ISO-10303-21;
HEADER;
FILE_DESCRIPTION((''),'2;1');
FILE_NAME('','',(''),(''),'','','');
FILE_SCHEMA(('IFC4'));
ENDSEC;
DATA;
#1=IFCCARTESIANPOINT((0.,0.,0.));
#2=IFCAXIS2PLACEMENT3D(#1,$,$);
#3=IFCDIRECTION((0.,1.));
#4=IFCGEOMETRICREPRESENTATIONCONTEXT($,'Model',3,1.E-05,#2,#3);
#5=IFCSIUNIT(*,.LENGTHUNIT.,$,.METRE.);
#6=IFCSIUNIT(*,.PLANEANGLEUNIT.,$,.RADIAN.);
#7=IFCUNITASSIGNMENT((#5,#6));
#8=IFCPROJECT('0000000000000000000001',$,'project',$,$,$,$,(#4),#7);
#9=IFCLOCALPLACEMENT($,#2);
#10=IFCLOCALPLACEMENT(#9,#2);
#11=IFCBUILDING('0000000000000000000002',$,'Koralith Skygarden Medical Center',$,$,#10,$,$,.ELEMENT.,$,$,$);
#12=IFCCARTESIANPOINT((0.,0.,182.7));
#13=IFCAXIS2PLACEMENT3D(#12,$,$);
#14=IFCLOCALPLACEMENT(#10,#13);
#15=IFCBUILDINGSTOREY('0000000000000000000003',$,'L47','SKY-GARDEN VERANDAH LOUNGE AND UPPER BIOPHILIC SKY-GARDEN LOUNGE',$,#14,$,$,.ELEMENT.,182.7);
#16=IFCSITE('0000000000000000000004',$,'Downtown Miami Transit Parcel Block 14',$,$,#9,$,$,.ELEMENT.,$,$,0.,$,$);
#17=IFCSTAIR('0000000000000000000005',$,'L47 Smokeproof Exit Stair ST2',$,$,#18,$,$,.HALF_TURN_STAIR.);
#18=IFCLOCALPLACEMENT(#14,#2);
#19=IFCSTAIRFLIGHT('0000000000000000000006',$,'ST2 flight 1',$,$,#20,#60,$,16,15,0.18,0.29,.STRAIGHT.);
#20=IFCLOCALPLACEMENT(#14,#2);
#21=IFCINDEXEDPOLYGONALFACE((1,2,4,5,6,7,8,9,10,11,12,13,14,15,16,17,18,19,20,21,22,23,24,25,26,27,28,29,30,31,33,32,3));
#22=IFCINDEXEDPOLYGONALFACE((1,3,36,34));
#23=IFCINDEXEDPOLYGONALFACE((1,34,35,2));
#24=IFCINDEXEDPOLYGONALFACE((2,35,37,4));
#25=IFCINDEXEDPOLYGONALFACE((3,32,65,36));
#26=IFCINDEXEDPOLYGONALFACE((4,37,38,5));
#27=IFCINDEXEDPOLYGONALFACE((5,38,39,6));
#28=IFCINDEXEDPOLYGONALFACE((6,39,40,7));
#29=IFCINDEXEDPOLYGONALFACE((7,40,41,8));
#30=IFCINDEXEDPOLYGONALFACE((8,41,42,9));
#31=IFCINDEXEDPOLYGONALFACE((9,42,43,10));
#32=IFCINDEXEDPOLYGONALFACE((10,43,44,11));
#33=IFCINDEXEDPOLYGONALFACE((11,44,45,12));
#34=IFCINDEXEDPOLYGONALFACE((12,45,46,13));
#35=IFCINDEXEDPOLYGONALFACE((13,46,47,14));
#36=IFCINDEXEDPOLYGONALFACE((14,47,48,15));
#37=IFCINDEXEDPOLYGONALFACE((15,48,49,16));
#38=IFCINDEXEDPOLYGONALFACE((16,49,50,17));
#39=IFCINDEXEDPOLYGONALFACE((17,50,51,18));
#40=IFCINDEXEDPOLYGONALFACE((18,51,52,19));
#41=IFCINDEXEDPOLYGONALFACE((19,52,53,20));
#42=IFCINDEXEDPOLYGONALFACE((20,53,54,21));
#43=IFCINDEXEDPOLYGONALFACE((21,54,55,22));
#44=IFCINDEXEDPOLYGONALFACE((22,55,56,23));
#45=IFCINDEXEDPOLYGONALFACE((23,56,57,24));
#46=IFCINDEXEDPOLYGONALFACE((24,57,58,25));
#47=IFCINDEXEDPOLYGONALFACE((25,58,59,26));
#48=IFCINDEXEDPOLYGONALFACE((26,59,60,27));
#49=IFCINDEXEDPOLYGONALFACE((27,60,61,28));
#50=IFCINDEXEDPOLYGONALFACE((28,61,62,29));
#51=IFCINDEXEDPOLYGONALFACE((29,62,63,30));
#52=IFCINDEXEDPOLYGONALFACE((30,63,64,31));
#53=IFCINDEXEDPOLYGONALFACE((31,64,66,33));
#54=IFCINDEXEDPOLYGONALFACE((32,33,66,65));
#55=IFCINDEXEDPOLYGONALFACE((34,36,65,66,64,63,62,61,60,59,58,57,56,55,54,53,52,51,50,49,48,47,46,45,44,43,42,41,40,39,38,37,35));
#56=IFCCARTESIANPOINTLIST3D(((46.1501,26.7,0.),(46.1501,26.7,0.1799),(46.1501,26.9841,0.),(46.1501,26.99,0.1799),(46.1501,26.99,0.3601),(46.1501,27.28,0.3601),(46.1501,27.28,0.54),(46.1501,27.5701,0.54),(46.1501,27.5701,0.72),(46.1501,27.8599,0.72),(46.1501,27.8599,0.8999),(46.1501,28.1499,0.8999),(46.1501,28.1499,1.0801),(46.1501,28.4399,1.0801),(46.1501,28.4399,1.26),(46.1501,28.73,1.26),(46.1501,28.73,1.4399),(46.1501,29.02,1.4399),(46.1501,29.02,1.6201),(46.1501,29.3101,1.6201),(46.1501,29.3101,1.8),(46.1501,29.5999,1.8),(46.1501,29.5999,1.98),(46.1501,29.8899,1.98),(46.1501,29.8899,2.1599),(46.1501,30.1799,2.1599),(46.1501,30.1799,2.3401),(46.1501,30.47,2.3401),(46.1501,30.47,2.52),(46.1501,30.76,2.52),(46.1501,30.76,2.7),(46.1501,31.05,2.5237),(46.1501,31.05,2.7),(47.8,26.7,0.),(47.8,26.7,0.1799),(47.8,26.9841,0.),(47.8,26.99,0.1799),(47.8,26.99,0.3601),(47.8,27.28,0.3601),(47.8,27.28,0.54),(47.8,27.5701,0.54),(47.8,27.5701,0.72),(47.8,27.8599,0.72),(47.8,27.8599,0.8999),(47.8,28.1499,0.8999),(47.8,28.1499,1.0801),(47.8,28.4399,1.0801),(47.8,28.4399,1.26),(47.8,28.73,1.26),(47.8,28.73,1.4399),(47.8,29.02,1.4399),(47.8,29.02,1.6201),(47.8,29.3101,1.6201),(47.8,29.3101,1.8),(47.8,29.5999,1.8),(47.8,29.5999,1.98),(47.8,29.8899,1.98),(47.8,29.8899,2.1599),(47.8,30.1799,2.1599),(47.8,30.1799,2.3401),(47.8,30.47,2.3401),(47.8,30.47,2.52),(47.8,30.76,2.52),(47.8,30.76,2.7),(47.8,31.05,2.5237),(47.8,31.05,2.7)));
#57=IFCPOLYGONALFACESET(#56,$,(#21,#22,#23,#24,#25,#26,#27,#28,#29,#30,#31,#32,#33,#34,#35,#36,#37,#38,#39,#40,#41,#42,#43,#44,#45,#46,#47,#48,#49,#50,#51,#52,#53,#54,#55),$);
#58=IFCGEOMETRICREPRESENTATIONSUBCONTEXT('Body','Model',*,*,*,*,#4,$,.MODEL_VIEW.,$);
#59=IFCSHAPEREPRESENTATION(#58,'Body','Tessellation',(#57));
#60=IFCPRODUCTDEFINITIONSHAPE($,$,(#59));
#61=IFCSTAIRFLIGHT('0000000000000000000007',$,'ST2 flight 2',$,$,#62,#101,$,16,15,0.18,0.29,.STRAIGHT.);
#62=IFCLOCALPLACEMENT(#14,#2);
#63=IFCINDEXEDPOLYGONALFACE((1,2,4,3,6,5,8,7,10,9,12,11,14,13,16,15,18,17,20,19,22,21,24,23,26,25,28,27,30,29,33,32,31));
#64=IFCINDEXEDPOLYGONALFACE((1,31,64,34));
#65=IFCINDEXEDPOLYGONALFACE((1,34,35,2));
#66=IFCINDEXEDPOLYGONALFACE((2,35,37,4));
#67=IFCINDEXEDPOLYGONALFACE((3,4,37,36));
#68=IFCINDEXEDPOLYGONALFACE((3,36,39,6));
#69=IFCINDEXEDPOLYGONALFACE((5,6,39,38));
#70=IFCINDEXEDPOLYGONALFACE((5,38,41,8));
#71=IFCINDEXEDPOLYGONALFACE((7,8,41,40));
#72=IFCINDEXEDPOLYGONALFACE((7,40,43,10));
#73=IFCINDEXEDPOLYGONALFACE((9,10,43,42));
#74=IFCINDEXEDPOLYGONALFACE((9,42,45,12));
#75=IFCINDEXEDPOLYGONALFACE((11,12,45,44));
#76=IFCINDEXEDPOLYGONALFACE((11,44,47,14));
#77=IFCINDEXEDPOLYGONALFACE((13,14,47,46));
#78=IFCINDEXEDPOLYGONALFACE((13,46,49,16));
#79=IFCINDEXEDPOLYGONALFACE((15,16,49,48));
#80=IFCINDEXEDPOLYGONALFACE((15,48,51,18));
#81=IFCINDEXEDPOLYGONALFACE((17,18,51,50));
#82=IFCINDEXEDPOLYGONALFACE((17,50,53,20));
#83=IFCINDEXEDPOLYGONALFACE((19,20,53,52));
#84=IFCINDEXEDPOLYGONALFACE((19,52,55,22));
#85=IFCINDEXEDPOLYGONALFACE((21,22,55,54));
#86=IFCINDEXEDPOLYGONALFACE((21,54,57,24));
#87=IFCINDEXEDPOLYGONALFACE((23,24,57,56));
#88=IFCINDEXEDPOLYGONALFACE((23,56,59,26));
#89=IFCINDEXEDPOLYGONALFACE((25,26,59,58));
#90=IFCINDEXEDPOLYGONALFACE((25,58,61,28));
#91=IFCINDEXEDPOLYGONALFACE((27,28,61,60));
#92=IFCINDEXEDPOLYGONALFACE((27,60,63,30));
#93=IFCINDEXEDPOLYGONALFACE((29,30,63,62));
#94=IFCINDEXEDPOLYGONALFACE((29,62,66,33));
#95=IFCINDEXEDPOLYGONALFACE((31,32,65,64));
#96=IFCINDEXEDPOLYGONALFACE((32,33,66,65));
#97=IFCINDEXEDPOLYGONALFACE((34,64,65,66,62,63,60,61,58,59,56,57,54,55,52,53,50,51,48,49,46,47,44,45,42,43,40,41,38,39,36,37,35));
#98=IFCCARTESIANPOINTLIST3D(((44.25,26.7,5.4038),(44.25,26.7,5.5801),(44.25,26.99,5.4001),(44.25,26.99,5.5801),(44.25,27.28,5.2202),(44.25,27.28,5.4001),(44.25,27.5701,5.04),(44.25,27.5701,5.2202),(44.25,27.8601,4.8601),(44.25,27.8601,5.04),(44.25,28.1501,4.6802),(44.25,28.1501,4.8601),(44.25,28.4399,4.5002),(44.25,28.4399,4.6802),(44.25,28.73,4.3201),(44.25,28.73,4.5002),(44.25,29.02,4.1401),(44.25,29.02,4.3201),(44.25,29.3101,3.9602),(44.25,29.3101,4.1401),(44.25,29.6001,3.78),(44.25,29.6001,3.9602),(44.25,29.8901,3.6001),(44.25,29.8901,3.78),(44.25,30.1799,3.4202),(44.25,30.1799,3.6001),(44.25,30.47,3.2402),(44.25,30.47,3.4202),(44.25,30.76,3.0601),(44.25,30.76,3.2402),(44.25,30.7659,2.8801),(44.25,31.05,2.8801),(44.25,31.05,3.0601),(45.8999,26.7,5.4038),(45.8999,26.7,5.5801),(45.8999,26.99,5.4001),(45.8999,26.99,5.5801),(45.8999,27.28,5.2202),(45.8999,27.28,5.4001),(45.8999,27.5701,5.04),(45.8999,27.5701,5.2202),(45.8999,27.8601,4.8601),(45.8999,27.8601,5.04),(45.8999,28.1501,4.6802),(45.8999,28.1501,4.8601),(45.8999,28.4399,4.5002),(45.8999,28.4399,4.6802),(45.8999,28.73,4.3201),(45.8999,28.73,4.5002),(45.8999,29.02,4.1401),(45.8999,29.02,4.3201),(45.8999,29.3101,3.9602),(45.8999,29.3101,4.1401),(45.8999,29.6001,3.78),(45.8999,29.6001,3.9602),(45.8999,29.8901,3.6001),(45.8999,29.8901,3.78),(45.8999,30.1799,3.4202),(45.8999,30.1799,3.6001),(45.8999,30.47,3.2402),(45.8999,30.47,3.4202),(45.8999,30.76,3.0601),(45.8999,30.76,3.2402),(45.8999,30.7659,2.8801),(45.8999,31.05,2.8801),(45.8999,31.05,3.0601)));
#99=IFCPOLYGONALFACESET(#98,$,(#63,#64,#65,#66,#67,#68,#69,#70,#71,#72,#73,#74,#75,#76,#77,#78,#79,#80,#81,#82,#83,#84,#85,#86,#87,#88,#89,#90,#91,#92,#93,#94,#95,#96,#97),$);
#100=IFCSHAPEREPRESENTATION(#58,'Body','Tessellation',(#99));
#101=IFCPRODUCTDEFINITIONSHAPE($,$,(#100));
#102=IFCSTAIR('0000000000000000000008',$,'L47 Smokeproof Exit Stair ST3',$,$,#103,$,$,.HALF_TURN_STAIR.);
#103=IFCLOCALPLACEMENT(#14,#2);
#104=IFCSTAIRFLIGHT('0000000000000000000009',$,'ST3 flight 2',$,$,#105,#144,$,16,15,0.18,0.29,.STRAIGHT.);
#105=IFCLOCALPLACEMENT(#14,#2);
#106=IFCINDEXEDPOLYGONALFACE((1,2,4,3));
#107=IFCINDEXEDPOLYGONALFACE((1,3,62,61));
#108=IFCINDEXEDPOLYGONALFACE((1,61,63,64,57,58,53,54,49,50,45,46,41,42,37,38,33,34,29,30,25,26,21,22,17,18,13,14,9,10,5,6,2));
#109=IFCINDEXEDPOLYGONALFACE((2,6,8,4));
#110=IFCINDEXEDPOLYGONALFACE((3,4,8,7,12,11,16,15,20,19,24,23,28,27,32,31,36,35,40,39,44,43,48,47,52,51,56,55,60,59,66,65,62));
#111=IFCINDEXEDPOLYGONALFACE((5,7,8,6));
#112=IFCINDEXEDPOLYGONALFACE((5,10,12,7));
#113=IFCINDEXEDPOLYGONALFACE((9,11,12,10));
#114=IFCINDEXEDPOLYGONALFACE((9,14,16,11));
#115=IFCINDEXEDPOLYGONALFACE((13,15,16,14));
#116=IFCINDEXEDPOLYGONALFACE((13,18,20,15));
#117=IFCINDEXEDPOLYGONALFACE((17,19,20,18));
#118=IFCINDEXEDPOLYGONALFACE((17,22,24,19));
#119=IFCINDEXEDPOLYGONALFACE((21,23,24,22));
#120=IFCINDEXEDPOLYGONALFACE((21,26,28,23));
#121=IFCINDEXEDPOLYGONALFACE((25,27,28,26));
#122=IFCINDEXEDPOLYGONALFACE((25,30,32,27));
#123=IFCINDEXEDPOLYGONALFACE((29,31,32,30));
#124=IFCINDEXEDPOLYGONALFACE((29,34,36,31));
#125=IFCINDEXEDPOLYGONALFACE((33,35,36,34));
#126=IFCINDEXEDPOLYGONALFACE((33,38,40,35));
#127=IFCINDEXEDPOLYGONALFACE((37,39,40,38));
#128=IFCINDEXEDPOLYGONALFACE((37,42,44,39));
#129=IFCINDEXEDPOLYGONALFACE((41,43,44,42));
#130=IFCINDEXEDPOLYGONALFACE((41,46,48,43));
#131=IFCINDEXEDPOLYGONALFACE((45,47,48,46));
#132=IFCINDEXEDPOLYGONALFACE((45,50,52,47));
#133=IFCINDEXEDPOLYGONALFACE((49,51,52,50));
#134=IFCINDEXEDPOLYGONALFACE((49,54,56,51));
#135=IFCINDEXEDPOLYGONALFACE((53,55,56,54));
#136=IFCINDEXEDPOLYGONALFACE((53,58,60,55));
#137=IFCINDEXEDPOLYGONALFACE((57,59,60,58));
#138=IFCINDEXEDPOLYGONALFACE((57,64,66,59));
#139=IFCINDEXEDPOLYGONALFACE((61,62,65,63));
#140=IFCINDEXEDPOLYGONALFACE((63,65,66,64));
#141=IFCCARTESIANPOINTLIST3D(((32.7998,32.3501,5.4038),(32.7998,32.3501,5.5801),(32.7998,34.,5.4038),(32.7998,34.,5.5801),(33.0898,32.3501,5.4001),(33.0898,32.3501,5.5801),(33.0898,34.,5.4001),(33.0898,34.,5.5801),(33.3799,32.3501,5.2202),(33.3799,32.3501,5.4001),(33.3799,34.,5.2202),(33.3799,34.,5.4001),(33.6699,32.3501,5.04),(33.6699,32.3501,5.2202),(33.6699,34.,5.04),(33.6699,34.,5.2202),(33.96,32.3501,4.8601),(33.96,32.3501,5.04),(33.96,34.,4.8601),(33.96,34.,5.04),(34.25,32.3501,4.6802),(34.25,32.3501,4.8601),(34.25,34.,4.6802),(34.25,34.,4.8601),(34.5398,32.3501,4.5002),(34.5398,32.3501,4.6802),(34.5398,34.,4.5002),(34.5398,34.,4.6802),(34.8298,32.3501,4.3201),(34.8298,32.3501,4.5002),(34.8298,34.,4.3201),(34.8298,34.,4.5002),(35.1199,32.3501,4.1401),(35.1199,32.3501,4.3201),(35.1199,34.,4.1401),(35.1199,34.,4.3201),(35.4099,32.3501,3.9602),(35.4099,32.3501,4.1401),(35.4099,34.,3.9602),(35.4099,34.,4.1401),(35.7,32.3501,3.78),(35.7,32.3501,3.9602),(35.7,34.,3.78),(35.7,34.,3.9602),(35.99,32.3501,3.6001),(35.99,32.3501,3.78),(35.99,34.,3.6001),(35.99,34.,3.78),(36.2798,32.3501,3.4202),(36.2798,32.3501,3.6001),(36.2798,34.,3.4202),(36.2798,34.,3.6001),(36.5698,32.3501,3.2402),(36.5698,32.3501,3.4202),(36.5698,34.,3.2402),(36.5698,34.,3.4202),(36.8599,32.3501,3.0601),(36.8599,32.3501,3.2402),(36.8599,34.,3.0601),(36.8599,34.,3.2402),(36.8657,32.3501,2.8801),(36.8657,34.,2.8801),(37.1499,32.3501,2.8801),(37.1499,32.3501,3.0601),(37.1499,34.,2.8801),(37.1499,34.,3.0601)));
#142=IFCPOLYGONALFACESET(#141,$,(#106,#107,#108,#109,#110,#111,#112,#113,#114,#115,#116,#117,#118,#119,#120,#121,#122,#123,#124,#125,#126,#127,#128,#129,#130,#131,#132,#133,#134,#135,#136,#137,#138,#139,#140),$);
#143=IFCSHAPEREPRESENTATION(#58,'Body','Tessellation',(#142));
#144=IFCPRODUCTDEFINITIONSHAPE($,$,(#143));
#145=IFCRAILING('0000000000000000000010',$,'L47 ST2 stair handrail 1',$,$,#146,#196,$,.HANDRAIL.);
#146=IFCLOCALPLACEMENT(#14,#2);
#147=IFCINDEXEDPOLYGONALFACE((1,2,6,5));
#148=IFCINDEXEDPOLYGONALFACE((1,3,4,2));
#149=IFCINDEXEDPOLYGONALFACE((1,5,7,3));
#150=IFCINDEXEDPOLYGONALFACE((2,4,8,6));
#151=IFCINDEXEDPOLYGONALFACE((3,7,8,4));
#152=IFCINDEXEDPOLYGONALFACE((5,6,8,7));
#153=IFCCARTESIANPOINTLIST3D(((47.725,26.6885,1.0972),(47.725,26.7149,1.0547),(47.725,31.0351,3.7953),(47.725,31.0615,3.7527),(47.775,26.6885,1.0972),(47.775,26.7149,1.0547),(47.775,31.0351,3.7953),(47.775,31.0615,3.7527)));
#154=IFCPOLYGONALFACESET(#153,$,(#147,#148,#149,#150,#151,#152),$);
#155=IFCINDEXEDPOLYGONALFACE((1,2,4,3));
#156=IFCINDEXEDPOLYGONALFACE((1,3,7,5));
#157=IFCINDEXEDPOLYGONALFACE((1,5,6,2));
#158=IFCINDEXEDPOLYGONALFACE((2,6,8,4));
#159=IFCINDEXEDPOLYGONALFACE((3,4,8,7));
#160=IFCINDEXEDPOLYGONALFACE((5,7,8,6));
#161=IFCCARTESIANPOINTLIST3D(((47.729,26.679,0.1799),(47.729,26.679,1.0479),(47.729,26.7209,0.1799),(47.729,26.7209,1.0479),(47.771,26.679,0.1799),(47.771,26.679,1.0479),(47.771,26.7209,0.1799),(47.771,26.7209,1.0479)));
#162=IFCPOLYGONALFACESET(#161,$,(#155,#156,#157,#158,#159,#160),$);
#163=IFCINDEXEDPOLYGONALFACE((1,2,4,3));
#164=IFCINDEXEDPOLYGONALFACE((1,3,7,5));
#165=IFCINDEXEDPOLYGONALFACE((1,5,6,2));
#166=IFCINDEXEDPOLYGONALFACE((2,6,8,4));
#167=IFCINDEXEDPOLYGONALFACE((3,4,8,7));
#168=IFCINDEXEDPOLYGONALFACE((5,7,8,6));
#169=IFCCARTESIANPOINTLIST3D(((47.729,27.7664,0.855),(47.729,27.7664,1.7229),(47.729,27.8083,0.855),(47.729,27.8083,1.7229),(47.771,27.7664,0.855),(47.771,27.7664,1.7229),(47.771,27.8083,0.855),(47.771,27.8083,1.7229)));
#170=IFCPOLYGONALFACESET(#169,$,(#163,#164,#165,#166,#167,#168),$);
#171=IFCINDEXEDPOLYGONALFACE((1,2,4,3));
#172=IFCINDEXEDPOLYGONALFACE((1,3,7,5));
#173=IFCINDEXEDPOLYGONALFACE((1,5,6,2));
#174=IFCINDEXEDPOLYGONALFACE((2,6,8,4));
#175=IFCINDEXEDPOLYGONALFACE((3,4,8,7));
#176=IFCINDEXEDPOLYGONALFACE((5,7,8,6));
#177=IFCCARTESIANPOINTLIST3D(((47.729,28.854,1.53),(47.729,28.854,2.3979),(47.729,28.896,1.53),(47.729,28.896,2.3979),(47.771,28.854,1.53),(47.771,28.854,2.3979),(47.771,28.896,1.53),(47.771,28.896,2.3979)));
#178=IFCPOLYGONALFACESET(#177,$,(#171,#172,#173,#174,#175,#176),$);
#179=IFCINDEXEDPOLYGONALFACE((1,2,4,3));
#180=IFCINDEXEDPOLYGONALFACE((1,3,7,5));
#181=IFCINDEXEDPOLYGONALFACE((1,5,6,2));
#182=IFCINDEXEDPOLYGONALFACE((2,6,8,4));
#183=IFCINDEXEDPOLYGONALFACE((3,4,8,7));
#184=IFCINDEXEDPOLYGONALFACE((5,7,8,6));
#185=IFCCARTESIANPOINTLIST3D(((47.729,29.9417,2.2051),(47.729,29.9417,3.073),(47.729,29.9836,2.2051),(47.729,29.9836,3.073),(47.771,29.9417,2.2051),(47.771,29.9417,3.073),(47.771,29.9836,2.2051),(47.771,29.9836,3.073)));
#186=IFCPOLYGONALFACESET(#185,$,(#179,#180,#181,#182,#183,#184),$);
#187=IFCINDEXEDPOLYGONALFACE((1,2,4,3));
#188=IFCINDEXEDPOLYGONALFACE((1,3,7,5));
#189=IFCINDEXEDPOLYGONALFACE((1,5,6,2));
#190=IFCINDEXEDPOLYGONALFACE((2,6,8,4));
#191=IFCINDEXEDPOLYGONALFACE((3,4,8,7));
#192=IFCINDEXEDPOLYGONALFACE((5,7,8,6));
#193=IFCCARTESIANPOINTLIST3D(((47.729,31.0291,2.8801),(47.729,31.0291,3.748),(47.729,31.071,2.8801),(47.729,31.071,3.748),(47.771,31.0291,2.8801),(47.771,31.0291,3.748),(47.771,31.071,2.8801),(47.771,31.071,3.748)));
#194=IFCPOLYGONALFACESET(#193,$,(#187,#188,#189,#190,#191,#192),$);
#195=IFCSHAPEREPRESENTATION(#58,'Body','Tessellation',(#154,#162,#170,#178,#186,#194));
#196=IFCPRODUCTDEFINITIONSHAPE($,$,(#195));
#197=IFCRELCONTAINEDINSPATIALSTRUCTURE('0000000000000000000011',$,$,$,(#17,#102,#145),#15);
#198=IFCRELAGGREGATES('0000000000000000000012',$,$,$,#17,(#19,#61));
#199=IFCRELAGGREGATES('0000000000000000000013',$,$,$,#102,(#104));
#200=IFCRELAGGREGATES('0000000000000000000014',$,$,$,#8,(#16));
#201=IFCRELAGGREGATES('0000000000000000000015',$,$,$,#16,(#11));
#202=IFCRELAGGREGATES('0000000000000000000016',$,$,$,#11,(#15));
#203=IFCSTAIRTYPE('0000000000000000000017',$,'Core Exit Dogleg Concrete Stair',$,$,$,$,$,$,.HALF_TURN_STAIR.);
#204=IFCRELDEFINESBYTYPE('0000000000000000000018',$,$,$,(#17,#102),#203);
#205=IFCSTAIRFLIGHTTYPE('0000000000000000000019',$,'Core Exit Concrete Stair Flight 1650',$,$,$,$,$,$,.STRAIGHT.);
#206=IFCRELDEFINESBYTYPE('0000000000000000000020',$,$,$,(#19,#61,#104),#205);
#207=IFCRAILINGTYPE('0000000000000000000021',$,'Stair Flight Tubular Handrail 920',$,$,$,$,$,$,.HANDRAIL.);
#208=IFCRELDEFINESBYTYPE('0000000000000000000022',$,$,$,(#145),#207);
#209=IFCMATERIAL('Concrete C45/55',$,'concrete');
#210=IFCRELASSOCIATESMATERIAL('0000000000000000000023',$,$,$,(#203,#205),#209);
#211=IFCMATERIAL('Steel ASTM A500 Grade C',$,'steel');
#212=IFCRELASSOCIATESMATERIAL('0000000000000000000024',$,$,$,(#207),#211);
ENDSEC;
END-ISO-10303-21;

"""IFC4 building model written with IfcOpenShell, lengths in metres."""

from ifc_helpers import new_model, si_unit, direction, frame, origin, origin_2d, place, context, subcontext, project, spatial, polyline, rectangle, outline, extrude, material, type_object, element, aggregate, save


model = new_model("IFC4")

# Units and contexts
model_context = context("Model", 3, precision=1e-05, world=origin(), true_north=direction((0.0, 1.0)))
body_context = subcontext(model_context, "Body", "Model", "MODEL_VIEW")
ifc_project = project(units=[si_unit("LENGTHUNIT", "METRE"), si_unit("PLANEANGLEUNIT", "RADIAN")], contexts=[model_context])

# Site, building, storey
site_placement = place(None, origin())
site = spatial("IfcSite", under=ifc_project, at=site_placement, Name="Downtown Miami Transit Parcel Block 14", CompositionType="ELEMENT", RefElevation=0.0)
building_placement = place(site_placement, origin())
building = spatial("IfcBuilding", under=site, at=building_placement, Name="Koralith Skygarden Medical Center", CompositionType="ELEMENT")
storey_placement = place(building_placement, frame((0.0, 0.0, 182.7)))
storey = spatial("IfcBuildingStorey", under=building, at=storey_placement, Name="L47", Description="SKY-GARDEN VERANDAH LOUNGE AND UPPER BIOPHILIC SKY-GARDEN LOUNGE", CompositionType="ELEMENT", Elevation=182.7)

# Shared definitions
ifc_material_1 = material(Name="Concrete C45/55", Category="concrete")

# Stair, stair flights
stair_type = type_object("IfcStairType", Name="Core Exit Dogleg Concrete Stair", PredefinedType="HALF_TURN_STAIR", material=ifc_material_1)
stair_1_placement = place(storey_placement, origin())
stair_1 = element("IfcStair", 1, at=stair_1_placement, inside=storey, type_object=stair_type, Name="L47 Smokeproof Exit Stair ST2", PredefinedType="HALF_TURN_STAIR")
stair_flight_type = type_object("IfcStairFlightType", Name="Core Exit Concrete Stair Flight 1650", PredefinedType="STRAIGHT", material=ifc_material_1)
stair_flight_1_placement = place(storey_placement, frame((46.9751, 26.7, 0.0), z_axis=(0.0, 0.0, 1.0), x_axis=(0.0, 1.0, 0.0)))
stair_flight_1 = element("IfcStairFlight", 2, at=stair_flight_1_placement, type_object=stair_flight_type, Name="ST2 flight 1", NumberOfRisers=16, NumberOfTreads=15, PredefinedType="STRAIGHT", RiserHeight=0.18, TreadLength=0.29, context=body_context, shape_type="SweptSolid", body=[
    extrude(outline(polyline([(0.0, 0.0), (0.0, 0.1799), (0.29, 0.1799), (0.29, 0.3601), (0.5801, 0.3601), (0.5801, 0.54), (0.8701, 0.54), (0.8701, 0.72), (1.1599, 0.72), (1.1599, 0.8999), (1.45, 0.8999), (1.45, 1.0801), (1.74, 1.0801), (1.74, 1.26), (2.03, 1.26), (2.03, 1.4399), (2.3201, 1.4399), (2.3201, 1.6201), (2.6101, 1.6201), (2.6101, 1.8), (2.8999, 1.8), (2.8999, 1.98), (3.1899, 1.98), (3.1899, 2.1599), (3.48, 2.1599), (3.48, 2.3401), (3.77, 2.3401), (3.77, 2.52), (4.0601, 2.52), (4.0601, 2.7), (4.3501, 2.7), (4.3501, 2.8799), (4.3501, 2.5237), (0.2842, 0.0), (0.0, 0.0)])), frame((0.0, 0.825, 0.0), z_axis=(0.0, -1.0, 0.0), x_axis=(1.0, 0.0, 0.0)), (0.0, 0.0, 1.0), 1.6499),
])
stair_flight_2_placement = place(storey_placement, frame((45.075, 31.05, 2.8801), z_axis=(0.0, 0.0, 1.0), x_axis=(0.0, -1.0, 0.0)))
stair_flight_2 = element("IfcStairFlight", 3, at=stair_flight_2_placement, type_object=stair_flight_type, Name="ST2 flight 2", NumberOfRisers=16, NumberOfTreads=15, PredefinedType="STRAIGHT", RiserHeight=0.18, TreadLength=0.29, context=body_context, shape_type="SweptSolid", body=[
    extrude(outline(polyline([(0.0, 0.0), (0.0, 0.1799), (0.29, 0.1799), (0.29, 0.3601), (0.5801, 0.3601), (0.5801, 0.54), (0.8701, 0.54), (0.8701, 0.72), (1.1599, 0.72), (1.1599, 0.8999), (1.45, 0.8999), (1.45, 1.0801), (1.74, 1.0801), (1.74, 1.26), (2.03, 1.26), (2.03, 1.4399), (2.3201, 1.4399), (2.3201, 1.6201), (2.6101, 1.6201), (2.6101, 1.8), (2.8999, 1.8), (2.8999, 1.98), (3.1899, 1.98), (3.1899, 2.1599), (3.48, 2.1599), (3.48, 2.3401), (3.77, 2.3401), (3.77, 2.52), (4.0601, 2.52), (4.0601, 2.7), (4.3501, 2.7), (4.3501, 2.8799), (4.3501, 2.5237), (0.2842, 0.0), (0.0, 0.0)])), frame((0.0, 0.825, 0.0), z_axis=(0.0, -1.0, 0.0), x_axis=(1.0, 0.0, 0.0)), (0.0, 0.0, 1.0), 1.6499),
])
aggregate(stair_1, [stair_flight_1, stair_flight_2])

# Stair, stair flight
stair_2_placement = place(storey_placement, origin())
stair_2 = element("IfcStair", 4, at=stair_2_placement, inside=storey, type_object=stair_type, Name="L47 Smokeproof Exit Stair ST3", PredefinedType="HALF_TURN_STAIR")
stair_flight_3_placement = place(storey_placement, frame((37.1499, 33.175, 2.8801), z_axis=(0.0, 0.0, 1.0), x_axis=(-1.0, 0.0, 0.0)))
stair_flight_3 = element("IfcStairFlight", 5, at=stair_flight_3_placement, type_object=stair_flight_type, Name="ST3 flight 2", NumberOfRisers=16, NumberOfTreads=15, PredefinedType="STRAIGHT", RiserHeight=0.18, TreadLength=0.29, context=body_context, shape_type="SweptSolid", body=[
    extrude(outline(polyline([(0.0, 0.0), (0.0, 0.1799), (0.29, 0.1799), (0.29, 0.3601), (0.5801, 0.3601), (0.5801, 0.54), (0.8701, 0.54), (0.8701, 0.72), (1.1599, 0.72), (1.1599, 0.8999), (1.45, 0.8999), (1.45, 1.0801), (1.74, 1.0801), (1.74, 1.26), (2.03, 1.26), (2.03, 1.4399), (2.3201, 1.4399), (2.3201, 1.6201), (2.6101, 1.6201), (2.6101, 1.8), (2.8999, 1.8), (2.8999, 1.98), (3.1899, 1.98), (3.1899, 2.1599), (3.48, 2.1599), (3.48, 2.3401), (3.77, 2.3401), (3.77, 2.52), (4.0601, 2.52), (4.0601, 2.7), (4.3501, 2.7), (4.3501, 2.8799), (4.3501, 2.5237), (0.2842, 0.0), (0.0, 0.0)])), frame((0.0, 0.825, 0.0), z_axis=(0.0, -1.0, 0.0), x_axis=(1.0, 0.0, 0.0)), (0.0, 0.0, 1.0), 1.6499),
])
aggregate(stair_2, [stair_flight_3])

# Railing
ifc_material_2 = material(Name="Steel ASTM A500 Grade C", Category="steel")
railing_type_1 = type_object("IfcRailingType", Name="Stair Flight Tubular Handrail 920", PredefinedType="HANDRAIL", material=ifc_material_2)
railing_1_placement = place(storey_placement, frame((47.75, 26.7, 0.1799)))
element("IfcRailing", 6, at=railing_1_placement, inside=storey, type_object=railing_type_1, Name="L47 ST2 stair handrail 1", PredefinedType="HANDRAIL", context=body_context, shape_type="SweptSolid", body=[
    extrude(rectangle(XDim=0.05, YDim=0.05, at=origin_2d()), frame((0.0, 0.0017, 0.896), z_axis=(0.0, 0.849628, 0.527382), x_axis=(-1.0, 0.0, 0.0)), (0.0, 0.0, 1.0), 5.116),
    extrude(rectangle(XDim=0.042, YDim=0.042, at=origin_2d()), origin(), (0.0, 0.0, 1.0), 0.8679),
    extrude(rectangle(XDim=0.042, YDim=0.042, at=origin_2d()), frame((0.0, 1.0874, 0.675)), (0.0, 0.0, 1.0), 0.8679),
    extrude(rectangle(XDim=0.042, YDim=0.042, at=origin_2d()), frame((0.0, 2.175, 1.3501)), (0.0, 0.0, 1.0), 0.8679),
    extrude(rectangle(XDim=0.042, YDim=0.042, at=origin_2d()), frame((0.0, 3.2627, 2.0251)), (0.0, 0.0, 1.0), 0.8679),
    extrude(rectangle(XDim=0.042, YDim=0.042, at=origin_2d()), frame((0.0, 4.3501, 2.7002)), (0.0, 0.0, 1.0), 0.8679),
])

save(model, "model.ifc")
